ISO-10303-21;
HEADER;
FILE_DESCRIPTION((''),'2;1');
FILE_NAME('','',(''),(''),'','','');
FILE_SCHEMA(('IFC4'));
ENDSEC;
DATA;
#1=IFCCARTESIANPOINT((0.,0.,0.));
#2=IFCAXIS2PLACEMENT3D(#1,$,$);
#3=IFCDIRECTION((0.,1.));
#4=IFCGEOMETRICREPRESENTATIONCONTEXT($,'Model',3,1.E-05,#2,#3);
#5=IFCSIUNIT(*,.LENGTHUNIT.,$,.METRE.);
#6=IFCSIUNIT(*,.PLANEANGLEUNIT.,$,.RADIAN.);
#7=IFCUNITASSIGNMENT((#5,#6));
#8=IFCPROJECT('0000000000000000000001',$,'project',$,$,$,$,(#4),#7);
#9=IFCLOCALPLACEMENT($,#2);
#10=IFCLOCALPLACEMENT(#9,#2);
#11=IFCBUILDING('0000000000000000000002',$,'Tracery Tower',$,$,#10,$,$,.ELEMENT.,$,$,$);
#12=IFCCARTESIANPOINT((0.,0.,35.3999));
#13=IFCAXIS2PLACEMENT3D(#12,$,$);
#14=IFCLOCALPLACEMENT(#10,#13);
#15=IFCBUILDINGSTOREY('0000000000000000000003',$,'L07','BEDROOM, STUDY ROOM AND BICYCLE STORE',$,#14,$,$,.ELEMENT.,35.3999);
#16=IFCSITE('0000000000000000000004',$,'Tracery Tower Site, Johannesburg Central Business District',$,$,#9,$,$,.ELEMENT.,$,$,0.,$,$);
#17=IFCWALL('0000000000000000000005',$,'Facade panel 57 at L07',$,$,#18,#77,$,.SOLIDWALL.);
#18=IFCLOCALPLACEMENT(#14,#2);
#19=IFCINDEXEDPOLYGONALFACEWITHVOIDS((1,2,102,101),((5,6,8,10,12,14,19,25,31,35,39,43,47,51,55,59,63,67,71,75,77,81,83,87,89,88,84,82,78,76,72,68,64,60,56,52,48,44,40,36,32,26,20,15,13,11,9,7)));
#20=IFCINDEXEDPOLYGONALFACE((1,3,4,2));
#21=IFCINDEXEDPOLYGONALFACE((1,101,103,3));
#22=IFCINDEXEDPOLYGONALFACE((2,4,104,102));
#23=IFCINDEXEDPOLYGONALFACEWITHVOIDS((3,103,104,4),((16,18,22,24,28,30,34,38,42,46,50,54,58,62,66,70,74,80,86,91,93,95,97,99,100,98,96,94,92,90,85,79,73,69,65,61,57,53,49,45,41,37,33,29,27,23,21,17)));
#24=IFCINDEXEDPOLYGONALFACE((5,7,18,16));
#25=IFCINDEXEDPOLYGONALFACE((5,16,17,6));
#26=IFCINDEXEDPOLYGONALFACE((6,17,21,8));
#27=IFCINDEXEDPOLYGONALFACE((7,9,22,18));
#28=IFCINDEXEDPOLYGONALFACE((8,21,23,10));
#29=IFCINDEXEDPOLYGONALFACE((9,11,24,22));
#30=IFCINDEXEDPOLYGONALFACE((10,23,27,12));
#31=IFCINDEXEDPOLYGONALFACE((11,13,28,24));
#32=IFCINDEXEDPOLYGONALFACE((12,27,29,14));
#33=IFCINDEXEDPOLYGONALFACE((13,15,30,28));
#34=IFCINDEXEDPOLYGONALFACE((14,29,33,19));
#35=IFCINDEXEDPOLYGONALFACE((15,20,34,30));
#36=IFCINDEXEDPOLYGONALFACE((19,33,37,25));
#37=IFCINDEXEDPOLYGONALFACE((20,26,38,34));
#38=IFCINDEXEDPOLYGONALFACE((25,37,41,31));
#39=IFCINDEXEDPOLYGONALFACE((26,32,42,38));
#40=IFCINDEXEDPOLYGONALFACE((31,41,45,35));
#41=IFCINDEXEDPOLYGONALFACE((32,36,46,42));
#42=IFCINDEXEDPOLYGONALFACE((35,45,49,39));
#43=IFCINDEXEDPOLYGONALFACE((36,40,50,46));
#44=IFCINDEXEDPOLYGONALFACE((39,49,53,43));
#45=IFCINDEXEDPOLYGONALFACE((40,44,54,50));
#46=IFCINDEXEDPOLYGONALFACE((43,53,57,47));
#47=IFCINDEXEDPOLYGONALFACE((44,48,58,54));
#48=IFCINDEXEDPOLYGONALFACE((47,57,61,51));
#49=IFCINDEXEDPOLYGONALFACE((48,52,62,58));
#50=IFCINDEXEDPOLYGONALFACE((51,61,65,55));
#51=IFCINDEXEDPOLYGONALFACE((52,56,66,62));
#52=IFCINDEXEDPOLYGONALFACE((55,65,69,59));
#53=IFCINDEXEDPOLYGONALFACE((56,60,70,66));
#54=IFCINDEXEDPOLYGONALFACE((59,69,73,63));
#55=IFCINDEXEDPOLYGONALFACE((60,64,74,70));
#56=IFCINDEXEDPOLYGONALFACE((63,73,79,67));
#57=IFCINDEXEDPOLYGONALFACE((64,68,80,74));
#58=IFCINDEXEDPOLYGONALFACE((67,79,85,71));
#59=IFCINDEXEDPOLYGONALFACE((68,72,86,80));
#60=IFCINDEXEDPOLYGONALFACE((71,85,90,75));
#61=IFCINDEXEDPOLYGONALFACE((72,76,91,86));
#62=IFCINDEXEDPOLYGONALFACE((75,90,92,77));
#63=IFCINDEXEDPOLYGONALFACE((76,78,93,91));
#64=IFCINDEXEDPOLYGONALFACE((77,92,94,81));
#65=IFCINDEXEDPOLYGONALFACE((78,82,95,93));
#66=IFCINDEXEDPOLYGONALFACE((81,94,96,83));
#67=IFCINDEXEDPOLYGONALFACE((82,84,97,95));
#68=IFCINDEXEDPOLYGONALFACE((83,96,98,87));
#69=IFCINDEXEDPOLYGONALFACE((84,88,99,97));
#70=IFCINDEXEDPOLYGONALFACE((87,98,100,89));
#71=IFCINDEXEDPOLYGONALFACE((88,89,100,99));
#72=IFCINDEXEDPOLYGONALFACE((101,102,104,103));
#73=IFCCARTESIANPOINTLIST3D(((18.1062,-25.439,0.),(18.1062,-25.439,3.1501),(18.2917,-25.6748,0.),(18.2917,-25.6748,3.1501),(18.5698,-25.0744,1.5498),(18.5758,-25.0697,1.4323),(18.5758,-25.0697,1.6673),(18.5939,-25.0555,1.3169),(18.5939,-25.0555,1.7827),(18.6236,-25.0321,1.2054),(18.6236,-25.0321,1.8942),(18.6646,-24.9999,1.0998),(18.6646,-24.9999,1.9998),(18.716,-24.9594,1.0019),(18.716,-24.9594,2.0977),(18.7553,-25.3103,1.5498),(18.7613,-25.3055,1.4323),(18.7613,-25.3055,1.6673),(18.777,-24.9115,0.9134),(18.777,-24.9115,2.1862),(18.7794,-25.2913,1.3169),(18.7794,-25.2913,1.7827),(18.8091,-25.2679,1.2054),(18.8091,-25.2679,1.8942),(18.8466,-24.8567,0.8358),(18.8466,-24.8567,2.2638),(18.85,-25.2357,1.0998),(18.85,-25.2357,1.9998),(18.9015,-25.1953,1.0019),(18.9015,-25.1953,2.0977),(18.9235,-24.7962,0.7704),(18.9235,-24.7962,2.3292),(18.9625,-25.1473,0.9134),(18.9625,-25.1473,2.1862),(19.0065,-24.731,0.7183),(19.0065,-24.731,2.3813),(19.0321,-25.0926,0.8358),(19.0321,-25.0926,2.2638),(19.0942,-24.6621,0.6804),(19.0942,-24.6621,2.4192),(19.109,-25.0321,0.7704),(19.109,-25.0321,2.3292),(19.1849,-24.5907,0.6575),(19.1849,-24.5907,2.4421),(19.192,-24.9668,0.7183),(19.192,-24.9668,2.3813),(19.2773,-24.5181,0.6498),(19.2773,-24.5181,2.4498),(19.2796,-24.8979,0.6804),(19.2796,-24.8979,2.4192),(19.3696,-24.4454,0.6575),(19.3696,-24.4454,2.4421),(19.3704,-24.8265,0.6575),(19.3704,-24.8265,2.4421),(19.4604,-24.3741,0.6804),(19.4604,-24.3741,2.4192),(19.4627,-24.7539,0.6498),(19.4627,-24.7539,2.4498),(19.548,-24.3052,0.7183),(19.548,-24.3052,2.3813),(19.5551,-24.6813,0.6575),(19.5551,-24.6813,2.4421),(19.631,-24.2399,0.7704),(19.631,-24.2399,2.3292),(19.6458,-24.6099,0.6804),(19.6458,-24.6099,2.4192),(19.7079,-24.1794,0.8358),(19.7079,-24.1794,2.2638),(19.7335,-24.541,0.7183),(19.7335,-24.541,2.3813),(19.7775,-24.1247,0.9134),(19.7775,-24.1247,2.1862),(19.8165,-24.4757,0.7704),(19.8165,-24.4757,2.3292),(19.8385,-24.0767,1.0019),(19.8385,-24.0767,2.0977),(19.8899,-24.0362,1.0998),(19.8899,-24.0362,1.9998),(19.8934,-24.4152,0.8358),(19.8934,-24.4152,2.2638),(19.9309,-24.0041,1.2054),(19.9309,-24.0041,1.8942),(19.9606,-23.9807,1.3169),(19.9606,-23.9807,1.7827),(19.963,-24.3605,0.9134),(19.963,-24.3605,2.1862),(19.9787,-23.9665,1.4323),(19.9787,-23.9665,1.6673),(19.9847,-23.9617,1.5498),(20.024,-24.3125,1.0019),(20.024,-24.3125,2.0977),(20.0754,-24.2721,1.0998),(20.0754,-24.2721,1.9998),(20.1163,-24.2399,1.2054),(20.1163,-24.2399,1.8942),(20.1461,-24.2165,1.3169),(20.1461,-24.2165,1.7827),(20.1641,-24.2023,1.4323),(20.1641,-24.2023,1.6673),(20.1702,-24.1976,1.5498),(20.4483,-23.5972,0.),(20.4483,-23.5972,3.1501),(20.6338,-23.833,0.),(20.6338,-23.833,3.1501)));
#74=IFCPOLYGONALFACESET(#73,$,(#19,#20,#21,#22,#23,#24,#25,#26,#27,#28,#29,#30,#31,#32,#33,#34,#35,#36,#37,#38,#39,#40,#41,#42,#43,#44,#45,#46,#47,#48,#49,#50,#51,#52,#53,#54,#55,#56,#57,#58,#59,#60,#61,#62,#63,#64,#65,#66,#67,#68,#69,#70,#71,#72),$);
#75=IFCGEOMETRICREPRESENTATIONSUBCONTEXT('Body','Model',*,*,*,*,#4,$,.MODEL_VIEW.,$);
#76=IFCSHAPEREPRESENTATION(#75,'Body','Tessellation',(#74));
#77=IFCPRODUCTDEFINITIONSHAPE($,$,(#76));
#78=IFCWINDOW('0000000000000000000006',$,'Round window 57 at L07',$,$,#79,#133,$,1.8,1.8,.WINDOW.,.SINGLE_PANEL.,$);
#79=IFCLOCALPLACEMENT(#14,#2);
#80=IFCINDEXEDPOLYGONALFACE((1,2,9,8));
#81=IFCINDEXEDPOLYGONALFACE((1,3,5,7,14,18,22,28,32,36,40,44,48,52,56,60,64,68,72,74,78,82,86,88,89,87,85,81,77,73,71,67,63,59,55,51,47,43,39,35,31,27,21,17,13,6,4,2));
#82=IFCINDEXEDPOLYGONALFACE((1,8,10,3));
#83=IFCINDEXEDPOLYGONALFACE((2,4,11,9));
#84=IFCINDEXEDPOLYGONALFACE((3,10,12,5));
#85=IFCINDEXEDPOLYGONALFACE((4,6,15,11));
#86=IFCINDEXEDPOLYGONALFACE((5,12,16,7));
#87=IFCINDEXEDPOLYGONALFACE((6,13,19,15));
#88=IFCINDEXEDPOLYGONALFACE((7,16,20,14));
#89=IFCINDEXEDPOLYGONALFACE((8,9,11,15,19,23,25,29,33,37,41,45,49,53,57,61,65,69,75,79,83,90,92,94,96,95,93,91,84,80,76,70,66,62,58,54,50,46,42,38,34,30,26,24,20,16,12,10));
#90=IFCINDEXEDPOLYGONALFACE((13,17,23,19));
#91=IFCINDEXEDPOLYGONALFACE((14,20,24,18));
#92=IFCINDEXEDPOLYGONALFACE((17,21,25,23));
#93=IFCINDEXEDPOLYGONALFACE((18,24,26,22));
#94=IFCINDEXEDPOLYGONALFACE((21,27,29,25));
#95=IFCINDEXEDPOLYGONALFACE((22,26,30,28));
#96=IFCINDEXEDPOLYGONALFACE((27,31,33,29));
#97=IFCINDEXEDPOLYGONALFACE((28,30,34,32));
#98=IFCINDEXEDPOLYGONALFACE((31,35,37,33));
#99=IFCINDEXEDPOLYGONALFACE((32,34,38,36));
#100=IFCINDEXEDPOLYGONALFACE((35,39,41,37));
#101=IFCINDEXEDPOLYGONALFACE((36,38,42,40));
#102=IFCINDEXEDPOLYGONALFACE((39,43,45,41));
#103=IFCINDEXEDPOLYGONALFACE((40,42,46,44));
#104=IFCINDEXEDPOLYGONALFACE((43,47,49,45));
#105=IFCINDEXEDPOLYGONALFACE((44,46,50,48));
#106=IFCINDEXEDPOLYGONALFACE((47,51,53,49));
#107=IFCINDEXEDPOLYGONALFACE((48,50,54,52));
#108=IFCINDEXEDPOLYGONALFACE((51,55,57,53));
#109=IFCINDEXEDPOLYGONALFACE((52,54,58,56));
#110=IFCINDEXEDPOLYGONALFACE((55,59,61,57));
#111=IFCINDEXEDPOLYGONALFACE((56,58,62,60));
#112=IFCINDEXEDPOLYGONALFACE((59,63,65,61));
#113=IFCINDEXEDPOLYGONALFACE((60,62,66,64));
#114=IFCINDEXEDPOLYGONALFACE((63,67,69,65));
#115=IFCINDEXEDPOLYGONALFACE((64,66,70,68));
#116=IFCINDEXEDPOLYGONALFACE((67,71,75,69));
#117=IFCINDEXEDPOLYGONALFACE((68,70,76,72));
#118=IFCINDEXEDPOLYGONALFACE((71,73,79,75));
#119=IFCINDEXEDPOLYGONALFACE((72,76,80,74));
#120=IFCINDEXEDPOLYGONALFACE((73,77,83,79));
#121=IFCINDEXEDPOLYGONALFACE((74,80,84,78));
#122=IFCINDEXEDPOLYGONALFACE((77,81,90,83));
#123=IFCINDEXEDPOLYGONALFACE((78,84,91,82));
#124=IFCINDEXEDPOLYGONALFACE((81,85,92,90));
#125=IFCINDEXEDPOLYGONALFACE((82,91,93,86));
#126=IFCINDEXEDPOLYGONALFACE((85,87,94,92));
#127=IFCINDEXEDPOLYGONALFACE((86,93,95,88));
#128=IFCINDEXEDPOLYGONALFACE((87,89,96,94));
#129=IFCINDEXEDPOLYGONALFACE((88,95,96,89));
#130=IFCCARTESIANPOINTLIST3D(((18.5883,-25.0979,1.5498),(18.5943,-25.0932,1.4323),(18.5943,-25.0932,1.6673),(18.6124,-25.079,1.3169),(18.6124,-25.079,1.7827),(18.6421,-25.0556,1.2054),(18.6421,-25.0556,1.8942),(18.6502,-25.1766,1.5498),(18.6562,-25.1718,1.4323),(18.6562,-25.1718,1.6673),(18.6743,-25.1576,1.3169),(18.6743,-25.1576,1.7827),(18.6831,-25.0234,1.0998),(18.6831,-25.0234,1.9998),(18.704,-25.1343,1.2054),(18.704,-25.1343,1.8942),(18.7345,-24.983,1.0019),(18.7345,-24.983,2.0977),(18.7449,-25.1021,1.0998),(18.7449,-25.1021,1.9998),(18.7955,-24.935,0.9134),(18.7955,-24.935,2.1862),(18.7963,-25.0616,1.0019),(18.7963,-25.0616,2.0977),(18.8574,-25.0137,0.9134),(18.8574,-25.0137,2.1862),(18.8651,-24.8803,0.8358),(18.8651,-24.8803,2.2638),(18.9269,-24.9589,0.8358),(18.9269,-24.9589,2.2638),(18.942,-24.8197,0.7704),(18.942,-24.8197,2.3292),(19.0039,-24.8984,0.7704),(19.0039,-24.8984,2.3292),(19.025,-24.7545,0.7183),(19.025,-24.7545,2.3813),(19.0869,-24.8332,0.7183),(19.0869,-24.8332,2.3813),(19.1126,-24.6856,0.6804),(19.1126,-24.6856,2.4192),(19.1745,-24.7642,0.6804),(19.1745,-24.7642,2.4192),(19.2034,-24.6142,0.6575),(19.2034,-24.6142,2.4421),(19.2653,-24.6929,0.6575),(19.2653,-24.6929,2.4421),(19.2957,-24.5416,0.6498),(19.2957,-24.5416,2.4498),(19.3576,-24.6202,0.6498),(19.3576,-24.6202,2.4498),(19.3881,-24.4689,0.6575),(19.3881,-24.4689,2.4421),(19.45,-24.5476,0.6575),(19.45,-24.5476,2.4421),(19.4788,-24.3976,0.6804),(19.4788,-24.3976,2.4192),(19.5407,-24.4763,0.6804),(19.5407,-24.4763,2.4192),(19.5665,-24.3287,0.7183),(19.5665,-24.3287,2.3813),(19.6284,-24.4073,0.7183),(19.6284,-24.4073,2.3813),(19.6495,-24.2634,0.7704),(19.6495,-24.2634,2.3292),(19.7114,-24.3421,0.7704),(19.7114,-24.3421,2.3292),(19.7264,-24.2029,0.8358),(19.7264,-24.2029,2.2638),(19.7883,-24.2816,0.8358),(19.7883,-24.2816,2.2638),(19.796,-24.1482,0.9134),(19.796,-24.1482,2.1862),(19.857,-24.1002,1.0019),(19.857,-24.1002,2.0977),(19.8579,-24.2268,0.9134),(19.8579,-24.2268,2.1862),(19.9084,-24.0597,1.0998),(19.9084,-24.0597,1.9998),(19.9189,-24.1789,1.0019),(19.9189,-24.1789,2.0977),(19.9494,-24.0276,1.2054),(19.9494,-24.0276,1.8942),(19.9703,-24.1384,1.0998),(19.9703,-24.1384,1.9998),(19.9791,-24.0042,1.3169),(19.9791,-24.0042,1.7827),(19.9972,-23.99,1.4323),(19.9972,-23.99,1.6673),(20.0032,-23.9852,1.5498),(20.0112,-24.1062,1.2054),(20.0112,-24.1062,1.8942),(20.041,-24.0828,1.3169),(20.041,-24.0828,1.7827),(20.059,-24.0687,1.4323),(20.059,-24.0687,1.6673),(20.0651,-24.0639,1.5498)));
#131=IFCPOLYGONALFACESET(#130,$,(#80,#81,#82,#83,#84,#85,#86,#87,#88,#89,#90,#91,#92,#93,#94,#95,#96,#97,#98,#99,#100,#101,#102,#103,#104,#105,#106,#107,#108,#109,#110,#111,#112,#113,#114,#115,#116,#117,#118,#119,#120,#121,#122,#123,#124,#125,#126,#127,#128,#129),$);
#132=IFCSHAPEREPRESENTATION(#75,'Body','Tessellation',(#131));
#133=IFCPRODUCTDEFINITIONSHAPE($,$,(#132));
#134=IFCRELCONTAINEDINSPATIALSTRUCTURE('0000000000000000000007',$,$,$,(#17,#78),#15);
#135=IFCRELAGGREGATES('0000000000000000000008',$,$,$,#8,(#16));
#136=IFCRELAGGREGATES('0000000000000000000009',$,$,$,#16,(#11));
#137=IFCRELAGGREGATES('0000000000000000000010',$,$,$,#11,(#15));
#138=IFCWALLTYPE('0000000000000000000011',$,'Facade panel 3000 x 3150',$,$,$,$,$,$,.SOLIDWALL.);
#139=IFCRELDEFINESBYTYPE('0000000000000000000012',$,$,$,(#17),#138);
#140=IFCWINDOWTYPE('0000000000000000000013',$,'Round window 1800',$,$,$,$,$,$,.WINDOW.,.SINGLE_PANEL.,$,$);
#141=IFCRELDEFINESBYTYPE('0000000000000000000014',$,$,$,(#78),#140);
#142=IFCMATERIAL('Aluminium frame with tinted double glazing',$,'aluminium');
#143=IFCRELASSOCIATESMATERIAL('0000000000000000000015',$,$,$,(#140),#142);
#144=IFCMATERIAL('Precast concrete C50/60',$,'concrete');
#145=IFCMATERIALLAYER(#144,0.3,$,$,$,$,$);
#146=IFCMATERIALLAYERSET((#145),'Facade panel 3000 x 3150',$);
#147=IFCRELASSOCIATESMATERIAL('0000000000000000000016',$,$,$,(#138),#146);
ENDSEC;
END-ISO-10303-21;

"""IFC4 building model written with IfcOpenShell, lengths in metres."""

from ifc_helpers import new_model, si_unit, direction, frame, frame_2d, origin, origin_2d, place, context, subcontext, project, spatial, rectangle, circle, extrude, material, layer, layer_set, type_object, element, fill, save


model = new_model("IFC4")

# Units and contexts
model_context = context("Model", 3, precision=1e-05, world=origin(), true_north=direction((0.0, 1.0)))
body_context = subcontext(model_context, "Body", "Model", "MODEL_VIEW")
ifc_project = project(units=[si_unit("LENGTHUNIT", "METRE"), si_unit("PLANEANGLEUNIT", "RADIAN")], contexts=[model_context])

# Site, building, storey
site_placement = place(None, origin())
site = spatial("IfcSite", under=ifc_project, at=site_placement, Name="Tracery Tower Site, Johannesburg Central Business District", CompositionType="ELEMENT", RefElevation=0.0)
building_placement = place(site_placement, origin())
building = spatial("IfcBuilding", under=site, at=building_placement, Name="Tracery Tower", CompositionType="ELEMENT")
storey_placement = place(building_placement, frame((0.0, 0.0, 35.3999)))
storey = spatial("IfcBuildingStorey", under=building, at=storey_placement, Name="L07", Description="BEDROOM, STUDY ROOM AND BICYCLE STORE", CompositionType="ELEMENT", Elevation=35.3999)

# Wall, opening, window
ifc_material_1 = material(Name="Aluminium frame with tinted double glazing", Category="aluminium")
window_type = type_object("IfcWindowType", Name="Round window 1800", PartitioningType="SINGLE_PANEL", PredefinedType="WINDOW", material=ifc_material_1)
ifc_material_2 = material(Name="Precast concrete C50/60", Category="concrete")
ifc_layer_1 = layer(ifc_material_2, 0.3)
ifc_layer_set_1 = layer_set([ifc_layer_1], Name="Facade panel 3000 x 3150")
wall_type_1 = type_object("IfcWallType", Name="Facade panel 3000 x 3150", PredefinedType="SOLIDWALL", material=ifc_layer_set_1)
wall_1_placement = place(storey_placement, frame((18.199, -25.5569, 0.0), z_axis=(0.0, 0.0, 1.0), x_axis=(0.786054, 0.618158, 0.0)))
wall_1 = element("IfcWall", 1, at=wall_1_placement, inside=storey, type_object=wall_type_1, Name="Facade panel 57 at L07", PredefinedType="SOLIDWALL", context=body_context, shape_type="SweptSolid", body=[
    extrude(rectangle(XDim=2.9795, YDim=0.3, at=frame_2d((1.4897, 0.0))), origin(), (0.0, 0.0, 1.0), 3.1501),
])
opening_1_placement = place(wall_1_placement, frame((1.4897, 0.0, 1.5498)))
opening_1 = element("IfcOpeningElement", 2, at=opening_1_placement, cuts=wall_1, PredefinedType="OPENING", context=body_context, shape_type="SweptSolid", body=[
    extrude(circle(Radius=0.9, at=origin_2d()), frame((0.0, 0.1599, 0.0), z_axis=(0.0, -1.0, 0.0), x_axis=(1.0, 0.0, 0.0)), (0.0, 0.0, 1.0), 0.3201),
])
window_1_placement = place(opening_1_placement, origin())
window_1 = element("IfcWindow", 3, at=window_1_placement, inside=storey, type_object=window_type, Name="Round window 57 at L07", OverallHeight=1.8, OverallWidth=1.8, PartitioningType="SINGLE_PANEL", PredefinedType="WINDOW", context=body_context, shape_type="SweptSolid", body=[
    extrude(circle(Radius=0.9, at=origin_2d()), frame((0.0, 0.1201, 0.0), z_axis=(0.0, -1.0, 0.0), x_axis=(1.0, 0.0, 0.0)), (0.0, 0.0, 1.0), 0.1001),
])
fill(opening_1, window_1)

save(model, "model.ifc")
